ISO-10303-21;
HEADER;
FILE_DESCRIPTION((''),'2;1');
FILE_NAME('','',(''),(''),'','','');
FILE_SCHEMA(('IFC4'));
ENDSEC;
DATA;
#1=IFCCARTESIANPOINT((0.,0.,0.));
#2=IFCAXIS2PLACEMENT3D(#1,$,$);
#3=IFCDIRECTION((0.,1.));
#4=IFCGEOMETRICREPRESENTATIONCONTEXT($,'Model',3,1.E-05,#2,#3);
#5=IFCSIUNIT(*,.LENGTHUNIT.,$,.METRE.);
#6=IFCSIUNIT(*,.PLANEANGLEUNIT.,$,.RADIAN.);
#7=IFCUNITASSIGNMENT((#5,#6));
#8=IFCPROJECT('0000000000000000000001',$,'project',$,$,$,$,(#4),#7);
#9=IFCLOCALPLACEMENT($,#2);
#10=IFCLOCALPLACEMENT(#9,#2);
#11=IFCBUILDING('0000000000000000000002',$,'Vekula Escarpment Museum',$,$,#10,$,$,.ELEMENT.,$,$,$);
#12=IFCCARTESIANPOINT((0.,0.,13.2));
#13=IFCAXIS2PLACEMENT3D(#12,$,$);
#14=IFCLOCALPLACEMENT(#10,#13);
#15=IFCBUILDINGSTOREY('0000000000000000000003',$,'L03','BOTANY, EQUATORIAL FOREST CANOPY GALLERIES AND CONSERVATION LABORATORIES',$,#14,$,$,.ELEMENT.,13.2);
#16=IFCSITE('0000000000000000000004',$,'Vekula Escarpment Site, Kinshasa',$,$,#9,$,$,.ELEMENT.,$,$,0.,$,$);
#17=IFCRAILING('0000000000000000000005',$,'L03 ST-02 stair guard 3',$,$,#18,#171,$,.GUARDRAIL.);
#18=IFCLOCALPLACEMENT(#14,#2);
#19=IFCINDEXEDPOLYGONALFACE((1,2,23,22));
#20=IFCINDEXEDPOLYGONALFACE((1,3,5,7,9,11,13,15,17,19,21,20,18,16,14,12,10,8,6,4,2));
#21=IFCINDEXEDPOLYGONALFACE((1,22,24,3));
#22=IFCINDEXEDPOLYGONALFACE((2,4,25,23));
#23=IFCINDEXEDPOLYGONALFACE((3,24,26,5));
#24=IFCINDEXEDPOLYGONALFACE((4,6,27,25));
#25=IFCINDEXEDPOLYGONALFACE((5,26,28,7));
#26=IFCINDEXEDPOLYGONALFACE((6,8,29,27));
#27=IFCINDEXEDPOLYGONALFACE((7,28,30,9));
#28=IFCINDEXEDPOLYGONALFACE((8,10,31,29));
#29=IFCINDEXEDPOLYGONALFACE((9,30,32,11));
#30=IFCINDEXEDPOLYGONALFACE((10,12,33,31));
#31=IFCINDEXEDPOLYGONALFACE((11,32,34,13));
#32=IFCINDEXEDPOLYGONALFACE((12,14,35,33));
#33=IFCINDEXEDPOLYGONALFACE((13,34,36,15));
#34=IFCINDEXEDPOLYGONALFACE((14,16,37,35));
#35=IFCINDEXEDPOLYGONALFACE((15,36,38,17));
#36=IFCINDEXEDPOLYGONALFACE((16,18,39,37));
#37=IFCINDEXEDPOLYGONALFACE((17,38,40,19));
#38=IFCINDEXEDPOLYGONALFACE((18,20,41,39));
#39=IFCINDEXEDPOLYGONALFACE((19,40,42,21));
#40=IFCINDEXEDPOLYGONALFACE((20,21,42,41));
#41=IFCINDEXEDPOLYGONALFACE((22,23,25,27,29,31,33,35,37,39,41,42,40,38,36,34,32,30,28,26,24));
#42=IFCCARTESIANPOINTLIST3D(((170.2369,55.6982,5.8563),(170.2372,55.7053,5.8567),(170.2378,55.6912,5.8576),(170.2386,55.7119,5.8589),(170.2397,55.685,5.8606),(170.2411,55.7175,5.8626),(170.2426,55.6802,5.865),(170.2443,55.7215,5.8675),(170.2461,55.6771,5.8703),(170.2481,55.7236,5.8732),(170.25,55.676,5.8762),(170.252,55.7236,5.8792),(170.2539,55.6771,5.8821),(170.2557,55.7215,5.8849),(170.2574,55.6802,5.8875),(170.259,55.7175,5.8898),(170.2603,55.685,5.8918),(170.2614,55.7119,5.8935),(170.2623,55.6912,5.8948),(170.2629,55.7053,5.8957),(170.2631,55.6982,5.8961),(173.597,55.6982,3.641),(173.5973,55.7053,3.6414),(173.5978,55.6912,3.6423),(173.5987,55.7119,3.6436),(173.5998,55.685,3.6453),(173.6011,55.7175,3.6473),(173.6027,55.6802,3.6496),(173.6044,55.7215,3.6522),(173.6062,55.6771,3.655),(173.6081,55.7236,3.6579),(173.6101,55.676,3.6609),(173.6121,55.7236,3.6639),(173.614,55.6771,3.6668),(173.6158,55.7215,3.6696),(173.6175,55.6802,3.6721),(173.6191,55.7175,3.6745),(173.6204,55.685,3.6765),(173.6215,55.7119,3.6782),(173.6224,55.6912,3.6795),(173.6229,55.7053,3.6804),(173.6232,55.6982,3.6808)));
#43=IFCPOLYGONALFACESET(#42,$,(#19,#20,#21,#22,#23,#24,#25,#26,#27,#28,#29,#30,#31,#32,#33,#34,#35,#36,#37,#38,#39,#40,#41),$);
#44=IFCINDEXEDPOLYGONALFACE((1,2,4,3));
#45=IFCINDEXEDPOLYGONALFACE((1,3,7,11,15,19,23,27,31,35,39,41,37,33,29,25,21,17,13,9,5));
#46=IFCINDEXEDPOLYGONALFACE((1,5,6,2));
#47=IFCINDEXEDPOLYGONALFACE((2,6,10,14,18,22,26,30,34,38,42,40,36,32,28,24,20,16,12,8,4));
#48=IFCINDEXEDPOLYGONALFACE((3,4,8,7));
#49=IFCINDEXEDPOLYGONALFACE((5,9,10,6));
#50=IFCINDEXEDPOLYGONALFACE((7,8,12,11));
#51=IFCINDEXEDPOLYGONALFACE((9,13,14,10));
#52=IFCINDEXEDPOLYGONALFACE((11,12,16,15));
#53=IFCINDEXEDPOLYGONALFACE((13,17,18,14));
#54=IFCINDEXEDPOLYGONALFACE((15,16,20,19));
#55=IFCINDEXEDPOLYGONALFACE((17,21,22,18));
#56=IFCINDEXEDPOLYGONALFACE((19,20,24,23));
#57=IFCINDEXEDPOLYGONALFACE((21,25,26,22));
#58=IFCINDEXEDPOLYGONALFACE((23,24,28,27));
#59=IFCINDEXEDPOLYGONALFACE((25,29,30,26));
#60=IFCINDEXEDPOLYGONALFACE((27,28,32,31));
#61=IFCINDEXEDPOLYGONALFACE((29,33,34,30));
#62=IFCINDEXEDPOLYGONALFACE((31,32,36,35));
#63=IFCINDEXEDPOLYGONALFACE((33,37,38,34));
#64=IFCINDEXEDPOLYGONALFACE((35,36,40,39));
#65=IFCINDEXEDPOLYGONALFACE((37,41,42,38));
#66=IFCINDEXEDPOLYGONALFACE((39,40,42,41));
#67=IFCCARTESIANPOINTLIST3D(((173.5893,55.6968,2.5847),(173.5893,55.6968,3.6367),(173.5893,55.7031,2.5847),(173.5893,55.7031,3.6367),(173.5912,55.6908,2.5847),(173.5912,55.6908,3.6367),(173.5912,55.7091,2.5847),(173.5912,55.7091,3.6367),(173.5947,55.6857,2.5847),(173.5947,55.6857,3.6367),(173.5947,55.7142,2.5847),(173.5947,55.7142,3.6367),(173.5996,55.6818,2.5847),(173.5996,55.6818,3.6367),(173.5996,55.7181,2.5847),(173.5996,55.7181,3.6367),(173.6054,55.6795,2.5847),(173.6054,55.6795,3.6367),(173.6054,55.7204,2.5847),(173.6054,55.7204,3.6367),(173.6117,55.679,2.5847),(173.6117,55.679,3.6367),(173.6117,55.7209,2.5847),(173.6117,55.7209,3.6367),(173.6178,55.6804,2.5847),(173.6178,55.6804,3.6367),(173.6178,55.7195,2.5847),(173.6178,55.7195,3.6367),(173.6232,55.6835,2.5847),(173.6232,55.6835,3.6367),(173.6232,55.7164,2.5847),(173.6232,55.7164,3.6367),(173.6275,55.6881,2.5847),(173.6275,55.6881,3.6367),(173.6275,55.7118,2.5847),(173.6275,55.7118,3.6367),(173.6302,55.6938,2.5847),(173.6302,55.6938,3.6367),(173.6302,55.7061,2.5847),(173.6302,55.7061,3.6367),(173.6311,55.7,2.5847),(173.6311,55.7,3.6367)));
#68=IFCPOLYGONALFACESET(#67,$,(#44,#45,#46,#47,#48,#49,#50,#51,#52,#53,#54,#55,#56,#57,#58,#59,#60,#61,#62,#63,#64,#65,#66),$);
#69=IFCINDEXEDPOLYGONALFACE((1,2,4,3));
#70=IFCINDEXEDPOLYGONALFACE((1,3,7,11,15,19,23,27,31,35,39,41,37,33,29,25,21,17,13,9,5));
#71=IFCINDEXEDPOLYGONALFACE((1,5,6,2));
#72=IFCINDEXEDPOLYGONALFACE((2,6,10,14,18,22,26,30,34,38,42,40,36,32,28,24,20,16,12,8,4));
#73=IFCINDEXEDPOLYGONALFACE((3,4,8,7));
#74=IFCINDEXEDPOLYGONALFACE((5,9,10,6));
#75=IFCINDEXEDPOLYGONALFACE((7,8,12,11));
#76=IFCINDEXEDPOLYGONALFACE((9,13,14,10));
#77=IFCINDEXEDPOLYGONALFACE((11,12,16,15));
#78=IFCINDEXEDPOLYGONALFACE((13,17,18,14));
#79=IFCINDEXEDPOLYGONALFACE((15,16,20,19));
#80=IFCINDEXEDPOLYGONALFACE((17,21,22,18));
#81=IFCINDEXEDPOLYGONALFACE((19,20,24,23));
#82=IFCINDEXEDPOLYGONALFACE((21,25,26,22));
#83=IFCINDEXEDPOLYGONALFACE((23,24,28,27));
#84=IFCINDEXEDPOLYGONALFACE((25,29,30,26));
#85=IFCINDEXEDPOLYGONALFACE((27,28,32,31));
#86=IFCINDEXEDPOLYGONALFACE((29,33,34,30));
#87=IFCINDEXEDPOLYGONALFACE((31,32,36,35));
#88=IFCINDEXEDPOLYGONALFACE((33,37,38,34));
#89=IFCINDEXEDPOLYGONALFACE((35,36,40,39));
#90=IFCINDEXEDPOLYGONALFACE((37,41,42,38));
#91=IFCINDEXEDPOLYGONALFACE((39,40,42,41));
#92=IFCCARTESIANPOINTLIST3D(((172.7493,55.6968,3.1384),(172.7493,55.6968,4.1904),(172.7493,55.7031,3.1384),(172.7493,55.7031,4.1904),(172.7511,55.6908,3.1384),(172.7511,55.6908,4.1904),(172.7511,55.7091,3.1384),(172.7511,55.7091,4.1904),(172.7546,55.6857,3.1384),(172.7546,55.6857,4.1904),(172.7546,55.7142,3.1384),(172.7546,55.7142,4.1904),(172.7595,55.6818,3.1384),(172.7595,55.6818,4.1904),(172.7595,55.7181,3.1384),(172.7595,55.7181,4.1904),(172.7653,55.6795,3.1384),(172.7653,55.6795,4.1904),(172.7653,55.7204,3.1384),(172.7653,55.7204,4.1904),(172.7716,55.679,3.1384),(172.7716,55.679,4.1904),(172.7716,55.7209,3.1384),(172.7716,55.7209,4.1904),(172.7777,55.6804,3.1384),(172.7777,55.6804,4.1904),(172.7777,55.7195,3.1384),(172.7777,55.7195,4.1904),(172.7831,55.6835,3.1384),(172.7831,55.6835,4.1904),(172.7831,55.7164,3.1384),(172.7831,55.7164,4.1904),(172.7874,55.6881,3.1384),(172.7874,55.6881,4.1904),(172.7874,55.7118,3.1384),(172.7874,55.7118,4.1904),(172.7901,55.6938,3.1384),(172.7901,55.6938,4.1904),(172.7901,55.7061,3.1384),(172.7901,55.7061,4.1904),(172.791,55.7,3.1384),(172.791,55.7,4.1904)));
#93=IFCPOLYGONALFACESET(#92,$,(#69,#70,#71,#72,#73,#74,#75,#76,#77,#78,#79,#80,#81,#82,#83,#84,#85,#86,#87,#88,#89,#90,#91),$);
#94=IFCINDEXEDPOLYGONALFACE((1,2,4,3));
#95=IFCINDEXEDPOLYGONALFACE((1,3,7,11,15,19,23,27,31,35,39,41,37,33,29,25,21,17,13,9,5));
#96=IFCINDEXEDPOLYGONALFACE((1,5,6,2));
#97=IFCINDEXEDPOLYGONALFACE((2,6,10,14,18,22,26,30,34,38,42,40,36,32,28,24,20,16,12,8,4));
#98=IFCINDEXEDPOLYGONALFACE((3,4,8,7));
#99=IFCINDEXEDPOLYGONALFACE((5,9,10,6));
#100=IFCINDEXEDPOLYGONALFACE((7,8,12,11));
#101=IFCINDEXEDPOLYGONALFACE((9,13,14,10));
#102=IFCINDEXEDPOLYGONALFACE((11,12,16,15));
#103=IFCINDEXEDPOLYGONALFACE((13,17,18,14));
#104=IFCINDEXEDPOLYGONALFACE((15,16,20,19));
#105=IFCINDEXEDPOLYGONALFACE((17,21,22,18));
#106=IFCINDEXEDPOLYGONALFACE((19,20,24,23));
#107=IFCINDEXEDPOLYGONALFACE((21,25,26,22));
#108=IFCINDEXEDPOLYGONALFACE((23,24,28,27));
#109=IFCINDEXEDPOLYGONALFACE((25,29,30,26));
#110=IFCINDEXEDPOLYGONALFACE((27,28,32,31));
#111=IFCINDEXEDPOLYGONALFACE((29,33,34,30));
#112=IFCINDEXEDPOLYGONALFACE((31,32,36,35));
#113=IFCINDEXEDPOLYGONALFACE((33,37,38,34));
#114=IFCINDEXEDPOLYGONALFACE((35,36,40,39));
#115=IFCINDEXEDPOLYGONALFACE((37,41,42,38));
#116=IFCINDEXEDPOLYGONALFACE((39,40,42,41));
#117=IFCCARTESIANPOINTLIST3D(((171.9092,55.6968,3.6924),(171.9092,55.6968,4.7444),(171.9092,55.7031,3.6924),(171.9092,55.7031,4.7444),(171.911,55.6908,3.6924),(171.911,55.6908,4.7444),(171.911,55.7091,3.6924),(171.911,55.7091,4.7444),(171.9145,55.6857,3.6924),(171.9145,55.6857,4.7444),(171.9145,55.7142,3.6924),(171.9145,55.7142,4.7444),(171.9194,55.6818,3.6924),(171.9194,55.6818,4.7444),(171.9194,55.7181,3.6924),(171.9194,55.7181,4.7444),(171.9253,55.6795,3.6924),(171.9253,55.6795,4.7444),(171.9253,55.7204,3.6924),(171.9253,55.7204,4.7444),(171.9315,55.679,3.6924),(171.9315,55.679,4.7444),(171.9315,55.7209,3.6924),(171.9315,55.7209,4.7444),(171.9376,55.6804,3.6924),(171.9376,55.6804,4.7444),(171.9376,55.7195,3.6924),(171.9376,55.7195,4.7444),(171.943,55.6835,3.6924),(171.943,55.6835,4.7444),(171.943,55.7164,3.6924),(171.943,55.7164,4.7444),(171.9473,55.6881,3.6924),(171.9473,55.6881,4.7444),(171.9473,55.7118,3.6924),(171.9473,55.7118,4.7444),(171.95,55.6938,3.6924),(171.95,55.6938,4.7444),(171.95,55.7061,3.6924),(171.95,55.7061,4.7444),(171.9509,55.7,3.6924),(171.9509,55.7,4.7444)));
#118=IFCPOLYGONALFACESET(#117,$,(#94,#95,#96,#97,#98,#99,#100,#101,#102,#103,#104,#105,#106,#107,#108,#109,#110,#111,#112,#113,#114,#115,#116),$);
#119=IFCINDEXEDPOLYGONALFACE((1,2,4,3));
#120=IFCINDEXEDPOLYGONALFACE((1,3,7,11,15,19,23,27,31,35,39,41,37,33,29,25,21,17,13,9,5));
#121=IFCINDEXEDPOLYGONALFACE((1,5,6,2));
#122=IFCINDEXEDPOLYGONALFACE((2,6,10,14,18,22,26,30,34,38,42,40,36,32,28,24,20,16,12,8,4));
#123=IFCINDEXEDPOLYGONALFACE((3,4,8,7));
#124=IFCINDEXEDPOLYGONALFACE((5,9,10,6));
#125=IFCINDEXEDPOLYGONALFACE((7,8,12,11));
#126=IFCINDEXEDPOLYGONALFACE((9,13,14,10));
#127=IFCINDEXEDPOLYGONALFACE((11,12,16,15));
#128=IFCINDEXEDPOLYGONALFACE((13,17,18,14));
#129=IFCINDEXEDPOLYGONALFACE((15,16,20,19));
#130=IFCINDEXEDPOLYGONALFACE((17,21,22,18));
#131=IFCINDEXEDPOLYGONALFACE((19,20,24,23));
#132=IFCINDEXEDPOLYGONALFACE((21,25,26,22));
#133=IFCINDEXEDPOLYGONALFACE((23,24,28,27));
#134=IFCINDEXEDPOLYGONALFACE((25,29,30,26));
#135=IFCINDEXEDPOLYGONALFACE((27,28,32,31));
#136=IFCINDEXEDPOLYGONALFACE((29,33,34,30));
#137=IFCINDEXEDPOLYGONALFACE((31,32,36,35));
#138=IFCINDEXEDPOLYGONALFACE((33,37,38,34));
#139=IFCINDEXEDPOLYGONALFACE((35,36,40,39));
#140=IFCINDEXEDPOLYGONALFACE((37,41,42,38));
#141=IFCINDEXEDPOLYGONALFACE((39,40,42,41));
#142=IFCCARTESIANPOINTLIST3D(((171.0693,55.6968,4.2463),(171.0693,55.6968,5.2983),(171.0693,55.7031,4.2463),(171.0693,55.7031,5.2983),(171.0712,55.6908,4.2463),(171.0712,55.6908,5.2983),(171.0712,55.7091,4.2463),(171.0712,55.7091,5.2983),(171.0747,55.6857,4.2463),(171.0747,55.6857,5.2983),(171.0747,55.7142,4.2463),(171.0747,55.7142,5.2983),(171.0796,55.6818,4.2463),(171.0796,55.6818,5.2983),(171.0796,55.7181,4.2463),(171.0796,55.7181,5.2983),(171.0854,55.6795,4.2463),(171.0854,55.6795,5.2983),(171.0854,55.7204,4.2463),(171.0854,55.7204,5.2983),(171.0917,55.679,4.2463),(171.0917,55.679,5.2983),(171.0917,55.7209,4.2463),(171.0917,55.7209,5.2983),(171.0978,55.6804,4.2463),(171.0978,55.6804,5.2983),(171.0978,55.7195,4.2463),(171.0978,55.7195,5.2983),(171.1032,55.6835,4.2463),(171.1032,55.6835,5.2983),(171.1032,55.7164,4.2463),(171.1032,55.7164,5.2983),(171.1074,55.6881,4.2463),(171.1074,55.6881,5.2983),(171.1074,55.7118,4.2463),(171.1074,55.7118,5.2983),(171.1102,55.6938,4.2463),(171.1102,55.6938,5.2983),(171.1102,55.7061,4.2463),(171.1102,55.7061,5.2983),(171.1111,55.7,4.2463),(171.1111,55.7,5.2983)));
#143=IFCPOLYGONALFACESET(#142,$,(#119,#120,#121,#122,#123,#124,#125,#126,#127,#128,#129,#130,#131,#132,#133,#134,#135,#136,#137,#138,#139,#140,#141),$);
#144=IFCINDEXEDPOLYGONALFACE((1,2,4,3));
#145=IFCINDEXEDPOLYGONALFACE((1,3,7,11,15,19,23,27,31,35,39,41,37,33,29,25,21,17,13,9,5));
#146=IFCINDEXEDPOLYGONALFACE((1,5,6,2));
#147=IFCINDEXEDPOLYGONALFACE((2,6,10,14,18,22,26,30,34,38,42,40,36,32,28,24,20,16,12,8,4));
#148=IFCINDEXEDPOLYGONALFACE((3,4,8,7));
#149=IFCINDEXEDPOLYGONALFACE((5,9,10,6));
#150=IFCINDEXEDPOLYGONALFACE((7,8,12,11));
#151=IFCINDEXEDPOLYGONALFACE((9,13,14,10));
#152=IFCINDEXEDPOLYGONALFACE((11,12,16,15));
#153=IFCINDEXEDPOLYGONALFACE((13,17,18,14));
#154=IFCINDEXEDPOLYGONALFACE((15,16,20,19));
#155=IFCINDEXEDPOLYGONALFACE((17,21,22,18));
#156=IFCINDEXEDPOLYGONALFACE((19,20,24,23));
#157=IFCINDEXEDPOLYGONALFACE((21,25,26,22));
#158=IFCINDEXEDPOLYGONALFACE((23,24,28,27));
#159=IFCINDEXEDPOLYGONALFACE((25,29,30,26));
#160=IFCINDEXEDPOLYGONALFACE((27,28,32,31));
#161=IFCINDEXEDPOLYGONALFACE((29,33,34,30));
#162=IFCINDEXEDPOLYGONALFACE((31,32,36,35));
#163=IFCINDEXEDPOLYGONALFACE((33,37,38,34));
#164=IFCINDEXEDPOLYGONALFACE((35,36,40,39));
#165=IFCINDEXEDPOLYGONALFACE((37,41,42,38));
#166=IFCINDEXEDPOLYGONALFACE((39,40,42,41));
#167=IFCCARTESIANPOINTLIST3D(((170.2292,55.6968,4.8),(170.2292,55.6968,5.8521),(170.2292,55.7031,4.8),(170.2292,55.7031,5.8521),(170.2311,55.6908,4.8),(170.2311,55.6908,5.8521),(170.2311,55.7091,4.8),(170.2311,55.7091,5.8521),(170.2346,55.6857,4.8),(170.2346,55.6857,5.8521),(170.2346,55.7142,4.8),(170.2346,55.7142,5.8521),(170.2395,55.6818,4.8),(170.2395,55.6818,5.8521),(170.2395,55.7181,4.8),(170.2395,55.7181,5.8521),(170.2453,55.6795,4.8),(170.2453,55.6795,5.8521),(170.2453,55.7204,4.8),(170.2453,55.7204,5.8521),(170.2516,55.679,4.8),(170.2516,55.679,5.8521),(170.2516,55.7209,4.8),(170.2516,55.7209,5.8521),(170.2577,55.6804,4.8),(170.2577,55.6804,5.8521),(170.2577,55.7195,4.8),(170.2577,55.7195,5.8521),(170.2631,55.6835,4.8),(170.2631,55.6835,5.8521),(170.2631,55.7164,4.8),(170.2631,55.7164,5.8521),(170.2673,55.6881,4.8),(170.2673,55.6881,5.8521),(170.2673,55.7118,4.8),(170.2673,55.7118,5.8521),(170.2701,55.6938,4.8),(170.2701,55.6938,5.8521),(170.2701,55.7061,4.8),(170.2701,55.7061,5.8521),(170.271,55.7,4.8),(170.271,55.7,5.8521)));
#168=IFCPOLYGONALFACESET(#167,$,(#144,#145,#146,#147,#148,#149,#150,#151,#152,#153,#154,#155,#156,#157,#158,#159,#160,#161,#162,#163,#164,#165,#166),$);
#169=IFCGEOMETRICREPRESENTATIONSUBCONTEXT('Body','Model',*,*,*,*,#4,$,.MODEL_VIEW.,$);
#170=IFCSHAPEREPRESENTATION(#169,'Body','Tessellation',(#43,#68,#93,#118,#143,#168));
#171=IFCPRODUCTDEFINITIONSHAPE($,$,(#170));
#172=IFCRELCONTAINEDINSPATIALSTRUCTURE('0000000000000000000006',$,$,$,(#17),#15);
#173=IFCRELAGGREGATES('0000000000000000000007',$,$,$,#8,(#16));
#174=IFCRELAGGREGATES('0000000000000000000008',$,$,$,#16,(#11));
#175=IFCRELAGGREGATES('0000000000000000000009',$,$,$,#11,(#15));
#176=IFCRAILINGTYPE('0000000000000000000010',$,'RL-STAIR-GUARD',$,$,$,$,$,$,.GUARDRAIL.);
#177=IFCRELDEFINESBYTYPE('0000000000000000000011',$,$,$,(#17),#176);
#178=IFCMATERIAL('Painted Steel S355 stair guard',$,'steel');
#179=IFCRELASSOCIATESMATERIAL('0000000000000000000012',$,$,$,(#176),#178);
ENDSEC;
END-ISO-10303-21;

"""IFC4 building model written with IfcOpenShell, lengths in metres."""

from ifc_helpers import new_model, si_unit, direction, frame, origin, origin_2d, place, context, subcontext, project, spatial, circle, extrude, material, type_object, element, save


model = new_model("IFC4")

# Units and contexts
model_context = context("Model", 3, precision=1e-05, world=origin(), true_north=direction((0.0, 1.0)))
body_context = subcontext(model_context, "Body", "Model", "MODEL_VIEW")
ifc_project = project(units=[si_unit("LENGTHUNIT", "METRE"), si_unit("PLANEANGLEUNIT", "RADIAN")], contexts=[model_context])

# Site, building, storey
site_placement = place(None, origin())
site = spatial("IfcSite", under=ifc_project, at=site_placement, Name="Vekula Escarpment Site, Kinshasa", CompositionType="ELEMENT", RefElevation=0.0)
building_placement = place(site_placement, origin())
building = spatial("IfcBuilding", under=site, at=building_placement, Name="Vekula Escarpment Museum", CompositionType="ELEMENT")
storey_placement = place(building_placement, frame((0.0, 0.0, 13.2)))
storey = spatial("IfcBuildingStorey", under=building, at=storey_placement, Name="L03", Description="BOTANY, EQUATORIAL FOREST CANOPY GALLERIES AND CONSERVATION LABORATORIES", CompositionType="ELEMENT", Elevation=13.2)

# Railing
ifc_material_1 = material(Name="Painted Steel S355 stair guard", Category="steel")
railing_type_1 = type_object("IfcRailingType", Name="RL-STAIR-GUARD", PredefinedType="GUARDRAIL", material=ifc_material_1)
railing_1_placement = place(storey_placement, frame((173.6101, 55.7, 2.5847)))
element("IfcRailing", 1, at=railing_1_placement, inside=storey, type_object=railing_type_1, Name="L03 ST-02 stair guard 3", PredefinedType="GUARDRAIL", context=body_context, shape_type="SweptSolid", body=[
    extrude(circle(Radius=0.0239, at=origin_2d()), frame((0.0, 0.0, 1.0762), z_axis=(-0.834876, 0.0, 0.550437), x_axis=(0.0, -1.0, 0.0)), (0.0, 0.0, 1.0), 4.0247),
    extrude(circle(Radius=0.021, at=origin_2d()), origin(), (0.0, 0.0, 1.0), 1.052),
    extrude(circle(Radius=0.021, at=origin_2d()), frame((-0.8401, 0.0, 0.5537)), (0.0, 0.0, 1.0), 1.052),
    extrude(circle(Radius=0.021, at=origin_2d()), frame((-1.6802, 0.0, 1.1077)), (0.0, 0.0, 1.0), 1.052),
    extrude(circle(Radius=0.021, at=origin_2d()), frame((-2.52, 0.0, 1.6616)), (0.0, 0.0, 1.0), 1.052),
    extrude(circle(Radius=0.021, at=origin_2d()), frame((-3.3601, 0.0, 2.2153)), (0.0, 0.0, 1.0), 1.052),
])

save(model, "model.ifc")
